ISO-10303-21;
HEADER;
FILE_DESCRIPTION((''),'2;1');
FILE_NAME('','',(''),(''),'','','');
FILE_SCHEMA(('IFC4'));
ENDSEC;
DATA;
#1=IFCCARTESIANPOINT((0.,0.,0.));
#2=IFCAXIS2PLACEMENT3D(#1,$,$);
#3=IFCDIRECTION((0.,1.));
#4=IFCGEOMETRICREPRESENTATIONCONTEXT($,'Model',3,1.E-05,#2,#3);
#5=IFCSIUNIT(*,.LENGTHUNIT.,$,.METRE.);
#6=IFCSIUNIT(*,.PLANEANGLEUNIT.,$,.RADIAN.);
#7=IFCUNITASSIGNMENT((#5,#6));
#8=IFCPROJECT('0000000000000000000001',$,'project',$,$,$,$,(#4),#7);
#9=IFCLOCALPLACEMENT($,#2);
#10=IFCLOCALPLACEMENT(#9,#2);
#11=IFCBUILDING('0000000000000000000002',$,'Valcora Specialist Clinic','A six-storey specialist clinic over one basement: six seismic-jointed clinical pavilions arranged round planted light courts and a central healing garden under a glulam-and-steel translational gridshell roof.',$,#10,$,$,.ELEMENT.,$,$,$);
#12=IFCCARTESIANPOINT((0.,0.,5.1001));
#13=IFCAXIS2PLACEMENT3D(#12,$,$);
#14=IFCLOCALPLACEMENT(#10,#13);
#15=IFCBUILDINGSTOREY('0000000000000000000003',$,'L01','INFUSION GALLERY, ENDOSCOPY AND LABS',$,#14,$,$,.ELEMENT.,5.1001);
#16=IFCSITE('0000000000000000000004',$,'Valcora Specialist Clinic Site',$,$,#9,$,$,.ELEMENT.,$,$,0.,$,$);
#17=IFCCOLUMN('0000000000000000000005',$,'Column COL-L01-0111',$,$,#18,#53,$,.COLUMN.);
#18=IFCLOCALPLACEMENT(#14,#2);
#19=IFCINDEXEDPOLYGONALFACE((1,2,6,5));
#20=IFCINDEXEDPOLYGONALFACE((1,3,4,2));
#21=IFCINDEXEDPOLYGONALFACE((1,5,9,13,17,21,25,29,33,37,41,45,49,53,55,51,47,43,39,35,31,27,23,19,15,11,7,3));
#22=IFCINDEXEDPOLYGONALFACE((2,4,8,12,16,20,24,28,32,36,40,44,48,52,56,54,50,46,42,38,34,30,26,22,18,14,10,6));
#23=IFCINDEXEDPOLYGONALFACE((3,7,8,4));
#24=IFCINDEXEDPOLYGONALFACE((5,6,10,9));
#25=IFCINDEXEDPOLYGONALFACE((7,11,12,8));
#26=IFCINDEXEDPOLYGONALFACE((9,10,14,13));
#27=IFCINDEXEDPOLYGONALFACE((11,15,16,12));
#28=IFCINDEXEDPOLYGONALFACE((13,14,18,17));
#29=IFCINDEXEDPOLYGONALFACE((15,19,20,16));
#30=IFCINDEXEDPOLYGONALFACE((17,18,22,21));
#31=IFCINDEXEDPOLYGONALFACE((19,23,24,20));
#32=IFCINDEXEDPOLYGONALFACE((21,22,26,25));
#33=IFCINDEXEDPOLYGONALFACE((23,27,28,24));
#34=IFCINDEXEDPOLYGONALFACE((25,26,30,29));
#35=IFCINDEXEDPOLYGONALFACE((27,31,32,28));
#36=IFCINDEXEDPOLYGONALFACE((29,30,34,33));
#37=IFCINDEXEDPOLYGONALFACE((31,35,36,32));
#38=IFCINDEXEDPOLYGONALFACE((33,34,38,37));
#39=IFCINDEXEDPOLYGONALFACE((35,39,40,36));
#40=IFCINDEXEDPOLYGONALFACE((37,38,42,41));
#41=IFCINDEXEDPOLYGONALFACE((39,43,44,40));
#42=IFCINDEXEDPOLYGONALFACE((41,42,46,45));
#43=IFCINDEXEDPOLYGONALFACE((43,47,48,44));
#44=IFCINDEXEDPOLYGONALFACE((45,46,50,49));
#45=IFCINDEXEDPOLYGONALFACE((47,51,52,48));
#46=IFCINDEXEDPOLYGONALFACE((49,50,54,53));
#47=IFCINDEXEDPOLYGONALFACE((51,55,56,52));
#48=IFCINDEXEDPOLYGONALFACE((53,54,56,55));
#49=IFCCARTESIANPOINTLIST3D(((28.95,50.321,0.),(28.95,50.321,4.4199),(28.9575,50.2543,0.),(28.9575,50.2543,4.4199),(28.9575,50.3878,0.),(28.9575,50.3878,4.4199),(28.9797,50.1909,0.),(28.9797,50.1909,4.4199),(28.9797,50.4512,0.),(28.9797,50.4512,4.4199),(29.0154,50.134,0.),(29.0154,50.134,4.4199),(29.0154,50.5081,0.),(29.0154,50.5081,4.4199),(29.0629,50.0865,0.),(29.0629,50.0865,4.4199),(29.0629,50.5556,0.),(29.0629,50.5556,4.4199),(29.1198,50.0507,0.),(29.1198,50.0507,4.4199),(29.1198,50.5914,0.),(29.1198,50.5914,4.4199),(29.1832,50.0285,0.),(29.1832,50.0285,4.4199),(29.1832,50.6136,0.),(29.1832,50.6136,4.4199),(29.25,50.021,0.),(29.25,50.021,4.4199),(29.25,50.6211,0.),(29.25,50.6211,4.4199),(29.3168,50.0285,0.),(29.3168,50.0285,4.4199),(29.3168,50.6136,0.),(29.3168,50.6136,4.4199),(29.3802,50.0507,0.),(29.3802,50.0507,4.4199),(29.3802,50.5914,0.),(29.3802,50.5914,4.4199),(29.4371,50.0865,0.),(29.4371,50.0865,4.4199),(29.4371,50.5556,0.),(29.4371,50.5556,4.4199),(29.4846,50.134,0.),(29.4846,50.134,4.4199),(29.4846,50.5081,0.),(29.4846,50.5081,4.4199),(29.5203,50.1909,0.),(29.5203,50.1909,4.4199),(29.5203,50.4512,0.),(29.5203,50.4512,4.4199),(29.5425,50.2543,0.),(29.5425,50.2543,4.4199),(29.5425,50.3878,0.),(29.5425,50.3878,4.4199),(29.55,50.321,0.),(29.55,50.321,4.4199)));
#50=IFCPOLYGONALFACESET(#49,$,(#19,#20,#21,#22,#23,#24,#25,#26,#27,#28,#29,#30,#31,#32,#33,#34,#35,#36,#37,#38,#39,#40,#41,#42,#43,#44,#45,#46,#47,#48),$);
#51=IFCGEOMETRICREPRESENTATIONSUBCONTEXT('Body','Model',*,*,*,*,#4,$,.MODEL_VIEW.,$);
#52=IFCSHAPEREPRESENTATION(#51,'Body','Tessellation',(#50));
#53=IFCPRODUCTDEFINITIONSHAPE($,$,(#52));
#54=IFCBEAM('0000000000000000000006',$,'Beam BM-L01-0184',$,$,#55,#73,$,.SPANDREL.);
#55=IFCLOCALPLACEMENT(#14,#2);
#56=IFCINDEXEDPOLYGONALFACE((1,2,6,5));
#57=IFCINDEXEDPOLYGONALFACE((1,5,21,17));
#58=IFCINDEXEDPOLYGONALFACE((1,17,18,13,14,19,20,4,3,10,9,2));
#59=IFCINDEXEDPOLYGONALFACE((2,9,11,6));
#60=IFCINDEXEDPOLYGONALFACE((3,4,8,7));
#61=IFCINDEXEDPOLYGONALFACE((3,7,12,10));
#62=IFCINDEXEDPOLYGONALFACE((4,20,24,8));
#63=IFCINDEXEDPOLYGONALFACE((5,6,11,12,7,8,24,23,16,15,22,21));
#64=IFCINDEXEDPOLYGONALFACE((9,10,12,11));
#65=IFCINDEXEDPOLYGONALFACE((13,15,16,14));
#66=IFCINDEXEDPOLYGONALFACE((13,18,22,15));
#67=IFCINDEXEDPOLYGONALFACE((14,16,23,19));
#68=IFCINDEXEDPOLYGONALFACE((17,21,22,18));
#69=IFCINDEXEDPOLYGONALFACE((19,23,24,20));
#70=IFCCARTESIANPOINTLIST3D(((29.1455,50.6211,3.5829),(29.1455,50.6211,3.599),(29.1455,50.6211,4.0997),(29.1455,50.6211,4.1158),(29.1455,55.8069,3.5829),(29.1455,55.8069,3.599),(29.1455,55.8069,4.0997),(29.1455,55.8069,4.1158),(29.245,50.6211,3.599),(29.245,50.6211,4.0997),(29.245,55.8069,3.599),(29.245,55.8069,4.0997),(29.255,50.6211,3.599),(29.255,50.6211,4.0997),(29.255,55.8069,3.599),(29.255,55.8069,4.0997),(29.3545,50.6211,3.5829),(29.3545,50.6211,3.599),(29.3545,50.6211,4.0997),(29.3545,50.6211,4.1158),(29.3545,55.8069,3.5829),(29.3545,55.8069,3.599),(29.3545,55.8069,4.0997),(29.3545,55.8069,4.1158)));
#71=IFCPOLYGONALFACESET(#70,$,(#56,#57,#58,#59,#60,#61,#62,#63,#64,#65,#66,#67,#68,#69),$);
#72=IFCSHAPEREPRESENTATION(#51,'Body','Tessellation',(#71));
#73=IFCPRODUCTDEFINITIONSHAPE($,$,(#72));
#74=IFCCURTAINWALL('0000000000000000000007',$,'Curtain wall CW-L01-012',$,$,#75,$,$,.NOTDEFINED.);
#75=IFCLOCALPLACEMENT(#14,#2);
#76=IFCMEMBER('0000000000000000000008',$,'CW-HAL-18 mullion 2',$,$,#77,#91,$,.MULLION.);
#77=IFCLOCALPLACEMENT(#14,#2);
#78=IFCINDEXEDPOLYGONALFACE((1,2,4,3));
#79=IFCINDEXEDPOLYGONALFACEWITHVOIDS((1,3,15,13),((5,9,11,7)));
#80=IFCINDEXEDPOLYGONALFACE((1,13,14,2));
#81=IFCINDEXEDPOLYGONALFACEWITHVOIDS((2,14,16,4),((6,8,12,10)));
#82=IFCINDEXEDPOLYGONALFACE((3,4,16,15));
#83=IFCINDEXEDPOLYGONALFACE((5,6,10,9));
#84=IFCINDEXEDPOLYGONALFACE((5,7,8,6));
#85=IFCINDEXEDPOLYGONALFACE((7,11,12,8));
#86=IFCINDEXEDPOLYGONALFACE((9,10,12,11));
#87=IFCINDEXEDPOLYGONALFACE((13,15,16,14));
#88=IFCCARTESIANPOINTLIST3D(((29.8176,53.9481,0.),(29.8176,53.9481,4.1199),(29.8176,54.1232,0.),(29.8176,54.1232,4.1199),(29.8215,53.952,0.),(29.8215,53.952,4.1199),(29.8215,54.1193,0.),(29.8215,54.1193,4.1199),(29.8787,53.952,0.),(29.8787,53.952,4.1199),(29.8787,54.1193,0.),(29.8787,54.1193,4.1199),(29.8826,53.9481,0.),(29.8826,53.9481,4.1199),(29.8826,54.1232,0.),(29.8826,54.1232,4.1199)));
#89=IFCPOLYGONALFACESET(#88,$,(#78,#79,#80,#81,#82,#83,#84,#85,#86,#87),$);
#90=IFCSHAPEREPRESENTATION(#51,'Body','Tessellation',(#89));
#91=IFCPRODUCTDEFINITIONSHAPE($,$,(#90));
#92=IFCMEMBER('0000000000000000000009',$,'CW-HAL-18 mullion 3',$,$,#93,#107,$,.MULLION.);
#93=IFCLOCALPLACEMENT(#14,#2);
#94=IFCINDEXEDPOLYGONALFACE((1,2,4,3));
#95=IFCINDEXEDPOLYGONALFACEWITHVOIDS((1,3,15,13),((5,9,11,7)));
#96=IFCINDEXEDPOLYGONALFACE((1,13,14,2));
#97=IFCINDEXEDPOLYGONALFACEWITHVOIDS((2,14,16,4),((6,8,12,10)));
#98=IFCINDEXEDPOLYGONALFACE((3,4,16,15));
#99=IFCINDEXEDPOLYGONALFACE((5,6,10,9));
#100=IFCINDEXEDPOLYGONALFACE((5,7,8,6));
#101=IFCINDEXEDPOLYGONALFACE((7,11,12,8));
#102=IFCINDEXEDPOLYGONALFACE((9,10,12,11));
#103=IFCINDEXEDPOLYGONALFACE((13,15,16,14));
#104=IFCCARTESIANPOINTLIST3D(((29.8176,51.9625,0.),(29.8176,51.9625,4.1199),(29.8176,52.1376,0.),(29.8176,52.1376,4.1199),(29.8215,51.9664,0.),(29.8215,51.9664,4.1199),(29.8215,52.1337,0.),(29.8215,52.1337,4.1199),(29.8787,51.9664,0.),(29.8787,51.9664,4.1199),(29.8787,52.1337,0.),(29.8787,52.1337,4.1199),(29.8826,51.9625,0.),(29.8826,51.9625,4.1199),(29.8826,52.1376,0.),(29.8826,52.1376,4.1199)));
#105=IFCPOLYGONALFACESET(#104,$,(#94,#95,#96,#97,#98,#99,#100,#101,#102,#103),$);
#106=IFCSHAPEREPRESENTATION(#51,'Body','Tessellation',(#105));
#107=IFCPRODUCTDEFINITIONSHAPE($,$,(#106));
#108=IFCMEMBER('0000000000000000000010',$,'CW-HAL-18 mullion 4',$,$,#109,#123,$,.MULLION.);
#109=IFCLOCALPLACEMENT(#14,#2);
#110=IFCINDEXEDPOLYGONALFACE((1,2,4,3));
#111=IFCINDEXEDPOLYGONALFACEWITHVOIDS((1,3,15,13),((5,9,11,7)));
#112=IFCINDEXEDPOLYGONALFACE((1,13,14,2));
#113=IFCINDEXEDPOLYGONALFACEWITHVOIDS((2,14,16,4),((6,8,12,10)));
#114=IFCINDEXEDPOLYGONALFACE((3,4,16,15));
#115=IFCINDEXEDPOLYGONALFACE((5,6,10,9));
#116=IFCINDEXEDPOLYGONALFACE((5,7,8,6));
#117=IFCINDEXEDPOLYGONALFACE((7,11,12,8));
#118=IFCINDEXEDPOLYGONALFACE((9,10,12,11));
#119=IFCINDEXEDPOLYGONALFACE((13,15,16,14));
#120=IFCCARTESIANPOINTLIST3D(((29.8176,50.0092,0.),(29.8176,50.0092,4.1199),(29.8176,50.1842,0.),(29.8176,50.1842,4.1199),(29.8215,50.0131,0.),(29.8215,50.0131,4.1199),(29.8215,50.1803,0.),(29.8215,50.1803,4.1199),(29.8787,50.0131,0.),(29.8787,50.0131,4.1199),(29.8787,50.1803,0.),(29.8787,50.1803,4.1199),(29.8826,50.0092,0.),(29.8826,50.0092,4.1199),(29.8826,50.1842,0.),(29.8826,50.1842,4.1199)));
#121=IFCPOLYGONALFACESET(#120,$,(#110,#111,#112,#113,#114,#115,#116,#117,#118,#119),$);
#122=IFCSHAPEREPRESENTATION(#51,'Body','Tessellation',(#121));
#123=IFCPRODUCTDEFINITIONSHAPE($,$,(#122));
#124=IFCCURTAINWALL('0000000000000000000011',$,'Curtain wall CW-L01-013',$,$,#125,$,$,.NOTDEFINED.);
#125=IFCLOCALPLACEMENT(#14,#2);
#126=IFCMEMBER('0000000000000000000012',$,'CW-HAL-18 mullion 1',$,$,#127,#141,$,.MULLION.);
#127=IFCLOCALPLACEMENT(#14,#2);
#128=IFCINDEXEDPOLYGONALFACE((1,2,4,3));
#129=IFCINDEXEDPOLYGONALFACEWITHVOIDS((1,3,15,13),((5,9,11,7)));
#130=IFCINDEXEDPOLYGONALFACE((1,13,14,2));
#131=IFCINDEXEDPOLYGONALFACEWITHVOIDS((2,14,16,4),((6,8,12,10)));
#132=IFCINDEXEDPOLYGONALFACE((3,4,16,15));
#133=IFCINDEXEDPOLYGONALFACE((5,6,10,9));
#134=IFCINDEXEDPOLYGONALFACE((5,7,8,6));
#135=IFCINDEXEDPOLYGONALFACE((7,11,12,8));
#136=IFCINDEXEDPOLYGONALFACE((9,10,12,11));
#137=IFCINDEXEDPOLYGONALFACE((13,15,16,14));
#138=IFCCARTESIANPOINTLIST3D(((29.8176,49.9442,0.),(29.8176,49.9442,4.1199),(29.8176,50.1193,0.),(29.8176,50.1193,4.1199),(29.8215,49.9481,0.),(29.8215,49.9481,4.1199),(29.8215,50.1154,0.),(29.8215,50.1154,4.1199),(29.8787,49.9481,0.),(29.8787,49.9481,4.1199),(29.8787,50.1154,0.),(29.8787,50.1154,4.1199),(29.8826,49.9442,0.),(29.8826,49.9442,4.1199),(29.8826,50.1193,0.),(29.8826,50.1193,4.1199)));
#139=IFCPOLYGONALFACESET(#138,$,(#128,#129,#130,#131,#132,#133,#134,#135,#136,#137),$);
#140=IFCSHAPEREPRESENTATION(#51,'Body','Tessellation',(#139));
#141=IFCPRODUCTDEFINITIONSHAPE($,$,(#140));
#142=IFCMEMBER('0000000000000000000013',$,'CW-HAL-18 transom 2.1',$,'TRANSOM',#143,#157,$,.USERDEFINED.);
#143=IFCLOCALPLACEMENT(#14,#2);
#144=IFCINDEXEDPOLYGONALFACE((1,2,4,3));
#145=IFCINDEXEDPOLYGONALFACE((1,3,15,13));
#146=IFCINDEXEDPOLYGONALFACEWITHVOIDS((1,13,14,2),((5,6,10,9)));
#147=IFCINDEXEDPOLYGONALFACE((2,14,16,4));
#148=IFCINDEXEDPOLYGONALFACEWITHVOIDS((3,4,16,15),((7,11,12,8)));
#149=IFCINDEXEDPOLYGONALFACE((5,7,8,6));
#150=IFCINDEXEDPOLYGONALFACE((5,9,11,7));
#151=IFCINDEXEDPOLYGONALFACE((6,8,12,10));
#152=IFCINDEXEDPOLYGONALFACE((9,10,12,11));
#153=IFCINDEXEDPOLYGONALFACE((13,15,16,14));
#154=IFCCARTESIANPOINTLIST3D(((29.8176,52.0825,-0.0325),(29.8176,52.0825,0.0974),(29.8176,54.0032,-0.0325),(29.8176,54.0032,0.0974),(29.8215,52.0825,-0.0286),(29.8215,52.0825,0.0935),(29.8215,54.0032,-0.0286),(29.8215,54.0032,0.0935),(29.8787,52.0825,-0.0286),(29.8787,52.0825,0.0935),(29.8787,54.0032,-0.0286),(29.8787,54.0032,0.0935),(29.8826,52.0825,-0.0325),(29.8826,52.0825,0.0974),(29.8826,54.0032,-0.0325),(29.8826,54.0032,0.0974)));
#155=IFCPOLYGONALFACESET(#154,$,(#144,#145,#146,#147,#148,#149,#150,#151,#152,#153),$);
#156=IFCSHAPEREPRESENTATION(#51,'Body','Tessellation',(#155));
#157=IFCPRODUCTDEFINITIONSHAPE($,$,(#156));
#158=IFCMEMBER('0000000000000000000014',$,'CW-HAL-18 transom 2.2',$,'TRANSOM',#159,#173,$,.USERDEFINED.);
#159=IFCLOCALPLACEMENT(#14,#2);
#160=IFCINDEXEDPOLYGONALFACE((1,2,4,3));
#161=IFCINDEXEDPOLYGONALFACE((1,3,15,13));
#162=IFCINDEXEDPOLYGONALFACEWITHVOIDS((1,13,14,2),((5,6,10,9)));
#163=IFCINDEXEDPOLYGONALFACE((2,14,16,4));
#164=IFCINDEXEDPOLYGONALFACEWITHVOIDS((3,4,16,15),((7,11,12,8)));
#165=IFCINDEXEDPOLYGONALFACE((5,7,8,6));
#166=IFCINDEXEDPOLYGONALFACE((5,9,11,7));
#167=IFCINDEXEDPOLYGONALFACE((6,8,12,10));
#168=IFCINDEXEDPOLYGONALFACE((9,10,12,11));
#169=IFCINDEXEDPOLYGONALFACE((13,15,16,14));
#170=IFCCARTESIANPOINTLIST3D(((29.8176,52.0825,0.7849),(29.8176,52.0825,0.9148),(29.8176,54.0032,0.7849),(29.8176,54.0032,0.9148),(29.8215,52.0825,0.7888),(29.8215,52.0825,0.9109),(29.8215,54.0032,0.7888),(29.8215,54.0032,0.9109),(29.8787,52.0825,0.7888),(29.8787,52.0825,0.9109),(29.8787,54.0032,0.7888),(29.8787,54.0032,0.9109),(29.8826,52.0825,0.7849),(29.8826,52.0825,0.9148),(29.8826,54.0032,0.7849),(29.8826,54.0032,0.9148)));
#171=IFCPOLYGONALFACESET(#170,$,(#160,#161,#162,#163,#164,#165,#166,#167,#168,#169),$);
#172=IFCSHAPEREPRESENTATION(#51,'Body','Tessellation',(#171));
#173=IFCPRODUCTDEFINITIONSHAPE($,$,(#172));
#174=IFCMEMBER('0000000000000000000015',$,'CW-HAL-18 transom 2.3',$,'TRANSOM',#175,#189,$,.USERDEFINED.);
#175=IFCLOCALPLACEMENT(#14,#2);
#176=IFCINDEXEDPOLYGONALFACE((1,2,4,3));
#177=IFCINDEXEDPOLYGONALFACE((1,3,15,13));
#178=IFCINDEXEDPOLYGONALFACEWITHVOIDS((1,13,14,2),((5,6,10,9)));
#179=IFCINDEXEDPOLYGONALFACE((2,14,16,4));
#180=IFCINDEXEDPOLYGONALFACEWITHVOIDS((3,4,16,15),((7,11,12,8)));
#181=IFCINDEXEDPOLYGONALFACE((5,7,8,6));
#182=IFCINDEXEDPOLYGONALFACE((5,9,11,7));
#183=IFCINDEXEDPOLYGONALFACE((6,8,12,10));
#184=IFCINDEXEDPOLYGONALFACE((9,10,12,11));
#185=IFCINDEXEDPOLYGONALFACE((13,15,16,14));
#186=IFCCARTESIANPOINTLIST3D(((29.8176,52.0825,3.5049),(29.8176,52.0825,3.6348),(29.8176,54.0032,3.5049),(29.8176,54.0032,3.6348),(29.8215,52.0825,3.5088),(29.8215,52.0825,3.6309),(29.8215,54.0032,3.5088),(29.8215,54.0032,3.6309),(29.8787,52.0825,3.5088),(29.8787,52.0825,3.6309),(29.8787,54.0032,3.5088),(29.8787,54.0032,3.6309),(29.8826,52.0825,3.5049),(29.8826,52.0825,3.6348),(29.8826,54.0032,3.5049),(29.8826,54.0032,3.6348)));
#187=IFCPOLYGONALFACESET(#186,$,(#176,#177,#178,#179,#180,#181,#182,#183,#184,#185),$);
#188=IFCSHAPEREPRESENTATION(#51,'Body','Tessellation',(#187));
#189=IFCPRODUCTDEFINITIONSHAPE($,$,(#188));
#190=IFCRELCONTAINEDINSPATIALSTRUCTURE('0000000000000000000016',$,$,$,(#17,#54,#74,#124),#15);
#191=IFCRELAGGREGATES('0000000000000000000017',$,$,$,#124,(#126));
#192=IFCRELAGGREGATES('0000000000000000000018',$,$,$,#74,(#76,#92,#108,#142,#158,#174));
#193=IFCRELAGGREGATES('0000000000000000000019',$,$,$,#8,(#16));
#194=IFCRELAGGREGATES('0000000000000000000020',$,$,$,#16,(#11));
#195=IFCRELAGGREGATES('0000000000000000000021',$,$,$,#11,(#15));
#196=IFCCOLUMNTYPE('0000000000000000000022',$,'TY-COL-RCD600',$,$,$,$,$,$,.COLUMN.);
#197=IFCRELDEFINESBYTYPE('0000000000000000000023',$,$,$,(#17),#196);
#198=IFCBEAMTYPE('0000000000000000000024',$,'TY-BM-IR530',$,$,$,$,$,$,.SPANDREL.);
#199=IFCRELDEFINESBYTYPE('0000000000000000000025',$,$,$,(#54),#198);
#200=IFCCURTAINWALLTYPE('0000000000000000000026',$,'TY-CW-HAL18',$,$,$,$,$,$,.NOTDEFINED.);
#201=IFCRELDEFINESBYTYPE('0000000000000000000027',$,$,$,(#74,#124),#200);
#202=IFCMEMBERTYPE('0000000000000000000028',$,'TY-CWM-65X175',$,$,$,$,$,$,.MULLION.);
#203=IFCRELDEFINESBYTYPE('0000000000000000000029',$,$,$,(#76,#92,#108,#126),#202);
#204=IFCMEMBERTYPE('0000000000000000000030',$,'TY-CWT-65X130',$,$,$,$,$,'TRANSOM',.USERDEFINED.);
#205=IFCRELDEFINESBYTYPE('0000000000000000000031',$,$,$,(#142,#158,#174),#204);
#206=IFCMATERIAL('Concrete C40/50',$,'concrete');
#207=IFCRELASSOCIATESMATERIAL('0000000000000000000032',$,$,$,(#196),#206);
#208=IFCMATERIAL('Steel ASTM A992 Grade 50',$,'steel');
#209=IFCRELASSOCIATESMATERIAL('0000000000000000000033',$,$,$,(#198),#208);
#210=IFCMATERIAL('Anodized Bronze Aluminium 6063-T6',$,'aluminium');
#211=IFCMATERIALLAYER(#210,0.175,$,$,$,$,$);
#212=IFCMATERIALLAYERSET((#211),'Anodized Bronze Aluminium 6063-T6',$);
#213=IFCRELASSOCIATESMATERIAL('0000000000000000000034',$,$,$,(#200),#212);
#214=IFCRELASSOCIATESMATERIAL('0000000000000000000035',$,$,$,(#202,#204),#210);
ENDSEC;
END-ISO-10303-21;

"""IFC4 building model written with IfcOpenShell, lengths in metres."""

from ifc_helpers import new_model, si_unit, direction, frame, origin, origin_2d, place, context, subcontext, project, spatial, hollow_rectangle, circle, i_section, extrude, material, layer, layer_set, material_profile, profile_set, type_object, element, aggregate, save


model = new_model("IFC4")

# Units and contexts
model_context = context("Model", 3, precision=1e-05, world=origin(), true_north=direction((0.0, 1.0)))
body_context = subcontext(model_context, "Body", "Model", "MODEL_VIEW")
ifc_project = project(units=[si_unit("LENGTHUNIT", "METRE"), si_unit("PLANEANGLEUNIT", "RADIAN")], contexts=[model_context])

# Site, building, storey
site_placement = place(None, origin())
site = spatial("IfcSite", under=ifc_project, at=site_placement, Name="Valcora Specialist Clinic Site", CompositionType="ELEMENT", RefElevation=0.0)
building_placement = place(site_placement, origin())
building = spatial("IfcBuilding", under=site, at=building_placement, Name="Valcora Specialist Clinic", Description="A six-storey specialist clinic over one basement: six seismic-jointed clinical pavilions arranged round planted light courts and a central healing garden under a glulam-and-steel translational gridshell roof.", CompositionType="ELEMENT")
storey_placement = place(building_placement, frame((0.0, 0.0, 5.1001)))
storey = spatial("IfcBuildingStorey", under=building, at=storey_placement, Name="L01", Description="INFUSION GALLERY, ENDOSCOPY AND LABS", CompositionType="ELEMENT", Elevation=5.1001)

# Column
ifc_material_1 = material(Name="Concrete C40/50", Category="concrete")
ifc_material_profile_1 = material_profile(ifc_material_1, circle(Radius=0.3, at=origin_2d()), Name="RC-COL-D600")
ifc_profile_set_1 = profile_set([ifc_material_profile_1], Name="Concrete C40/50")
column_type = type_object("IfcColumnType", Name="TY-COL-RCD600", PredefinedType="COLUMN", material=ifc_profile_set_1)
column_placement = place(storey_placement, frame((29.25, 50.321, 0.0), z_axis=(0.0, 0.0, 1.0), x_axis=(1.0, 0.0, 0.0)))
element("IfcColumn", 1, at=column_placement, inside=storey, type_object=column_type, Name="Column COL-L01-0111", PredefinedType="COLUMN", context=body_context, shape_type="SweptSolid", body=[
    extrude(circle(Radius=0.3, at=origin_2d()), origin(), (0.0, 0.0, 1.0), 4.4199),
])

# Beam
ifc_material_2 = material(Name="Steel ASTM A992 Grade 50", Category="steel")
ifc_material_profile_2 = material_profile(ifc_material_2, i_section(OverallWidth=0.209, OverallDepth=0.533, WebThickness=0.01, FlangeThickness=0.0161, at=origin_2d()), Name="ST-IR-530X210")
ifc_profile_set_2 = profile_set([ifc_material_profile_2], Name="Steel ASTM A992 Grade 50")
beam_type = type_object("IfcBeamType", Name="TY-BM-IR530", PredefinedType="SPANDREL", material=ifc_profile_set_2)
beam_placement = place(storey_placement, frame((29.25, 50.6211, 3.8494), z_axis=(0.0, 1.0, 0.0), x_axis=(-1.0, 0.0, 0.0)))
element("IfcBeam", 2, at=beam_placement, inside=storey, type_object=beam_type, Name="Beam BM-L01-0184", PredefinedType="SPANDREL", context=body_context, shape_type="SweptSolid", body=[
    extrude(i_section(OverallWidth=0.209, OverallDepth=0.533, WebThickness=0.01, FlangeThickness=0.0161, at=origin_2d()), origin(), (0.0, 0.0, 1.0), 5.1858),
])

# Curtain wall, members
ifc_material_3 = material(Name="Anodized Bronze Aluminium 6063-T6", Category="aluminium")
ifc_layer_1 = layer(ifc_material_3, 0.175)
ifc_layer_set_1 = layer_set([ifc_layer_1], Name="Anodized Bronze Aluminium 6063-T6")
curtain_wall_type = type_object("IfcCurtainWallType", Name="TY-CW-HAL18", PredefinedType="NOTDEFINED", material=ifc_layer_set_1)
curtain_wall_1_placement = place(storey_placement, origin())
curtain_wall_1 = element("IfcCurtainWall", 3, at=curtain_wall_1_placement, inside=storey, type_object=curtain_wall_type, Name="Curtain wall CW-L01-012", PredefinedType="NOTDEFINED")
ifc_material_profile_3 = material_profile(ifc_material_3, hollow_rectangle(XDim=0.0649, YDim=0.175, WallThickness=0.0039, at=origin_2d()), Name="AL-MUL-65X175")
ifc_profile_set_3 = profile_set([ifc_material_profile_3], Name="Anodized Bronze Aluminium 6063-T6")
member_type_1 = type_object("IfcMemberType", Name="TY-CWM-65X175", PredefinedType="MULLION", material=ifc_profile_set_3)
member_1_placement = place(storey_placement, frame((29.8501, 54.0356, 0.0), z_axis=(0.0, 0.0, 1.0), x_axis=(1.0, 0.0, 0.0)))
member_1 = element("IfcMember", 4, at=member_1_placement, type_object=member_type_1, Name="CW-HAL-18 mullion 2", PredefinedType="MULLION", context=body_context, shape_type="SweptSolid", body=[
    extrude(hollow_rectangle(XDim=0.0649, YDim=0.175, WallThickness=0.0039, at=origin_2d()), origin(), (0.0, 0.0, 1.0), 4.1199),
])
member_2_placement = place(storey_placement, frame((29.8501, 52.05, 0.0), z_axis=(0.0, 0.0, 1.0), x_axis=(1.0, 0.0, 0.0)))
member_2 = element("IfcMember", 5, at=member_2_placement, type_object=member_type_1, Name="CW-HAL-18 mullion 3", PredefinedType="MULLION", context=body_context, shape_type="SweptSolid", body=[
    extrude(hollow_rectangle(XDim=0.0649, YDim=0.175, WallThickness=0.0039, at=origin_2d()), origin(), (0.0, 0.0, 1.0), 4.1199),
])
member_3_placement = place(storey_placement, frame((29.8501, 50.0967, 0.0), z_axis=(0.0, 0.0, 1.0), x_axis=(1.0, 0.0, 0.0)))
member_3 = element("IfcMember", 6, at=member_3_placement, type_object=member_type_1, Name="CW-HAL-18 mullion 4", PredefinedType="MULLION", context=body_context, shape_type="SweptSolid", body=[
    extrude(hollow_rectangle(XDim=0.0649, YDim=0.175, WallThickness=0.0039, at=origin_2d()), origin(), (0.0, 0.0, 1.0), 4.1199),
])

# Curtain wall, member
curtain_wall_2_placement = place(storey_placement, origin())
curtain_wall_2 = element("IfcCurtainWall", 7, at=curtain_wall_2_placement, inside=storey, type_object=curtain_wall_type, Name="Curtain wall CW-L01-013", PredefinedType="NOTDEFINED")
member_4_placement = place(storey_placement, frame((29.8501, 50.0317, 0.0), z_axis=(0.0, 0.0, 1.0), x_axis=(1.0, 0.0, 0.0)))
member_4 = element("IfcMember", 8, at=member_4_placement, type_object=member_type_1, Name="CW-HAL-18 mullion 1", PredefinedType="MULLION", context=body_context, shape_type="SweptSolid", body=[
    extrude(hollow_rectangle(XDim=0.0649, YDim=0.175, WallThickness=0.0039, at=origin_2d()), origin(), (0.0, 0.0, 1.0), 4.1199),
])

# Members
ifc_material_profile_4 = material_profile(ifc_material_3, hollow_rectangle(XDim=0.0649, YDim=0.1299, WallThickness=0.0039, at=origin_2d()), Name="AL-TRN-65X130")
ifc_profile_set_4 = profile_set([ifc_material_profile_4], Name="Anodized Bronze Aluminium 6063-T6")
member_type_2 = type_object("IfcMemberType", Name="TY-CWT-65X130", ElementType="TRANSOM", PredefinedType="USERDEFINED", material=ifc_profile_set_4)
member_5_placement = place(storey_placement, frame((29.8501, 54.0032, 0.0325), z_axis=(0.0, -1.0, 0.0), x_axis=(1.0, 0.0, 0.0)))
member_5 = element("IfcMember", 9, at=member_5_placement, type_object=member_type_2, Name="CW-HAL-18 transom 2.1", ObjectType="TRANSOM", PredefinedType="USERDEFINED", context=body_context, shape_type="SweptSolid", body=[
    extrude(hollow_rectangle(XDim=0.0649, YDim=0.1299, WallThickness=0.0039, at=origin_2d()), origin(), (0.0, 0.0, 1.0), 1.9207),
])
member_6_placement = place(storey_placement, frame((29.8501, 54.0032, 0.8499), z_axis=(0.0, -1.0, 0.0), x_axis=(1.0, 0.0, 0.0)))
member_6 = element("IfcMember", 10, at=member_6_placement, type_object=member_type_2, Name="CW-HAL-18 transom 2.2", ObjectType="TRANSOM", PredefinedType="USERDEFINED", context=body_context, shape_type="SweptSolid", body=[
    extrude(hollow_rectangle(XDim=0.0649, YDim=0.1299, WallThickness=0.0039, at=origin_2d()), origin(), (0.0, 0.0, 1.0), 1.9207),
])
member_7_placement = place(storey_placement, frame((29.8501, 54.0032, 3.5698), z_axis=(0.0, -1.0, 0.0), x_axis=(1.0, 0.0, 0.0)))
member_7 = element("IfcMember", 11, at=member_7_placement, type_object=member_type_2, Name="CW-HAL-18 transom 2.3", ObjectType="TRANSOM", PredefinedType="USERDEFINED", context=body_context, shape_type="SweptSolid", body=[
    extrude(hollow_rectangle(XDim=0.0649, YDim=0.1299, WallThickness=0.0039, at=origin_2d()), origin(), (0.0, 0.0, 1.0), 1.9207),
])
aggregate(curtain_wall_2, [member_4])

aggregate(curtain_wall_1, [member_1, member_2, member_3, member_5, member_6, member_7])

save(model, "model.ifc")
